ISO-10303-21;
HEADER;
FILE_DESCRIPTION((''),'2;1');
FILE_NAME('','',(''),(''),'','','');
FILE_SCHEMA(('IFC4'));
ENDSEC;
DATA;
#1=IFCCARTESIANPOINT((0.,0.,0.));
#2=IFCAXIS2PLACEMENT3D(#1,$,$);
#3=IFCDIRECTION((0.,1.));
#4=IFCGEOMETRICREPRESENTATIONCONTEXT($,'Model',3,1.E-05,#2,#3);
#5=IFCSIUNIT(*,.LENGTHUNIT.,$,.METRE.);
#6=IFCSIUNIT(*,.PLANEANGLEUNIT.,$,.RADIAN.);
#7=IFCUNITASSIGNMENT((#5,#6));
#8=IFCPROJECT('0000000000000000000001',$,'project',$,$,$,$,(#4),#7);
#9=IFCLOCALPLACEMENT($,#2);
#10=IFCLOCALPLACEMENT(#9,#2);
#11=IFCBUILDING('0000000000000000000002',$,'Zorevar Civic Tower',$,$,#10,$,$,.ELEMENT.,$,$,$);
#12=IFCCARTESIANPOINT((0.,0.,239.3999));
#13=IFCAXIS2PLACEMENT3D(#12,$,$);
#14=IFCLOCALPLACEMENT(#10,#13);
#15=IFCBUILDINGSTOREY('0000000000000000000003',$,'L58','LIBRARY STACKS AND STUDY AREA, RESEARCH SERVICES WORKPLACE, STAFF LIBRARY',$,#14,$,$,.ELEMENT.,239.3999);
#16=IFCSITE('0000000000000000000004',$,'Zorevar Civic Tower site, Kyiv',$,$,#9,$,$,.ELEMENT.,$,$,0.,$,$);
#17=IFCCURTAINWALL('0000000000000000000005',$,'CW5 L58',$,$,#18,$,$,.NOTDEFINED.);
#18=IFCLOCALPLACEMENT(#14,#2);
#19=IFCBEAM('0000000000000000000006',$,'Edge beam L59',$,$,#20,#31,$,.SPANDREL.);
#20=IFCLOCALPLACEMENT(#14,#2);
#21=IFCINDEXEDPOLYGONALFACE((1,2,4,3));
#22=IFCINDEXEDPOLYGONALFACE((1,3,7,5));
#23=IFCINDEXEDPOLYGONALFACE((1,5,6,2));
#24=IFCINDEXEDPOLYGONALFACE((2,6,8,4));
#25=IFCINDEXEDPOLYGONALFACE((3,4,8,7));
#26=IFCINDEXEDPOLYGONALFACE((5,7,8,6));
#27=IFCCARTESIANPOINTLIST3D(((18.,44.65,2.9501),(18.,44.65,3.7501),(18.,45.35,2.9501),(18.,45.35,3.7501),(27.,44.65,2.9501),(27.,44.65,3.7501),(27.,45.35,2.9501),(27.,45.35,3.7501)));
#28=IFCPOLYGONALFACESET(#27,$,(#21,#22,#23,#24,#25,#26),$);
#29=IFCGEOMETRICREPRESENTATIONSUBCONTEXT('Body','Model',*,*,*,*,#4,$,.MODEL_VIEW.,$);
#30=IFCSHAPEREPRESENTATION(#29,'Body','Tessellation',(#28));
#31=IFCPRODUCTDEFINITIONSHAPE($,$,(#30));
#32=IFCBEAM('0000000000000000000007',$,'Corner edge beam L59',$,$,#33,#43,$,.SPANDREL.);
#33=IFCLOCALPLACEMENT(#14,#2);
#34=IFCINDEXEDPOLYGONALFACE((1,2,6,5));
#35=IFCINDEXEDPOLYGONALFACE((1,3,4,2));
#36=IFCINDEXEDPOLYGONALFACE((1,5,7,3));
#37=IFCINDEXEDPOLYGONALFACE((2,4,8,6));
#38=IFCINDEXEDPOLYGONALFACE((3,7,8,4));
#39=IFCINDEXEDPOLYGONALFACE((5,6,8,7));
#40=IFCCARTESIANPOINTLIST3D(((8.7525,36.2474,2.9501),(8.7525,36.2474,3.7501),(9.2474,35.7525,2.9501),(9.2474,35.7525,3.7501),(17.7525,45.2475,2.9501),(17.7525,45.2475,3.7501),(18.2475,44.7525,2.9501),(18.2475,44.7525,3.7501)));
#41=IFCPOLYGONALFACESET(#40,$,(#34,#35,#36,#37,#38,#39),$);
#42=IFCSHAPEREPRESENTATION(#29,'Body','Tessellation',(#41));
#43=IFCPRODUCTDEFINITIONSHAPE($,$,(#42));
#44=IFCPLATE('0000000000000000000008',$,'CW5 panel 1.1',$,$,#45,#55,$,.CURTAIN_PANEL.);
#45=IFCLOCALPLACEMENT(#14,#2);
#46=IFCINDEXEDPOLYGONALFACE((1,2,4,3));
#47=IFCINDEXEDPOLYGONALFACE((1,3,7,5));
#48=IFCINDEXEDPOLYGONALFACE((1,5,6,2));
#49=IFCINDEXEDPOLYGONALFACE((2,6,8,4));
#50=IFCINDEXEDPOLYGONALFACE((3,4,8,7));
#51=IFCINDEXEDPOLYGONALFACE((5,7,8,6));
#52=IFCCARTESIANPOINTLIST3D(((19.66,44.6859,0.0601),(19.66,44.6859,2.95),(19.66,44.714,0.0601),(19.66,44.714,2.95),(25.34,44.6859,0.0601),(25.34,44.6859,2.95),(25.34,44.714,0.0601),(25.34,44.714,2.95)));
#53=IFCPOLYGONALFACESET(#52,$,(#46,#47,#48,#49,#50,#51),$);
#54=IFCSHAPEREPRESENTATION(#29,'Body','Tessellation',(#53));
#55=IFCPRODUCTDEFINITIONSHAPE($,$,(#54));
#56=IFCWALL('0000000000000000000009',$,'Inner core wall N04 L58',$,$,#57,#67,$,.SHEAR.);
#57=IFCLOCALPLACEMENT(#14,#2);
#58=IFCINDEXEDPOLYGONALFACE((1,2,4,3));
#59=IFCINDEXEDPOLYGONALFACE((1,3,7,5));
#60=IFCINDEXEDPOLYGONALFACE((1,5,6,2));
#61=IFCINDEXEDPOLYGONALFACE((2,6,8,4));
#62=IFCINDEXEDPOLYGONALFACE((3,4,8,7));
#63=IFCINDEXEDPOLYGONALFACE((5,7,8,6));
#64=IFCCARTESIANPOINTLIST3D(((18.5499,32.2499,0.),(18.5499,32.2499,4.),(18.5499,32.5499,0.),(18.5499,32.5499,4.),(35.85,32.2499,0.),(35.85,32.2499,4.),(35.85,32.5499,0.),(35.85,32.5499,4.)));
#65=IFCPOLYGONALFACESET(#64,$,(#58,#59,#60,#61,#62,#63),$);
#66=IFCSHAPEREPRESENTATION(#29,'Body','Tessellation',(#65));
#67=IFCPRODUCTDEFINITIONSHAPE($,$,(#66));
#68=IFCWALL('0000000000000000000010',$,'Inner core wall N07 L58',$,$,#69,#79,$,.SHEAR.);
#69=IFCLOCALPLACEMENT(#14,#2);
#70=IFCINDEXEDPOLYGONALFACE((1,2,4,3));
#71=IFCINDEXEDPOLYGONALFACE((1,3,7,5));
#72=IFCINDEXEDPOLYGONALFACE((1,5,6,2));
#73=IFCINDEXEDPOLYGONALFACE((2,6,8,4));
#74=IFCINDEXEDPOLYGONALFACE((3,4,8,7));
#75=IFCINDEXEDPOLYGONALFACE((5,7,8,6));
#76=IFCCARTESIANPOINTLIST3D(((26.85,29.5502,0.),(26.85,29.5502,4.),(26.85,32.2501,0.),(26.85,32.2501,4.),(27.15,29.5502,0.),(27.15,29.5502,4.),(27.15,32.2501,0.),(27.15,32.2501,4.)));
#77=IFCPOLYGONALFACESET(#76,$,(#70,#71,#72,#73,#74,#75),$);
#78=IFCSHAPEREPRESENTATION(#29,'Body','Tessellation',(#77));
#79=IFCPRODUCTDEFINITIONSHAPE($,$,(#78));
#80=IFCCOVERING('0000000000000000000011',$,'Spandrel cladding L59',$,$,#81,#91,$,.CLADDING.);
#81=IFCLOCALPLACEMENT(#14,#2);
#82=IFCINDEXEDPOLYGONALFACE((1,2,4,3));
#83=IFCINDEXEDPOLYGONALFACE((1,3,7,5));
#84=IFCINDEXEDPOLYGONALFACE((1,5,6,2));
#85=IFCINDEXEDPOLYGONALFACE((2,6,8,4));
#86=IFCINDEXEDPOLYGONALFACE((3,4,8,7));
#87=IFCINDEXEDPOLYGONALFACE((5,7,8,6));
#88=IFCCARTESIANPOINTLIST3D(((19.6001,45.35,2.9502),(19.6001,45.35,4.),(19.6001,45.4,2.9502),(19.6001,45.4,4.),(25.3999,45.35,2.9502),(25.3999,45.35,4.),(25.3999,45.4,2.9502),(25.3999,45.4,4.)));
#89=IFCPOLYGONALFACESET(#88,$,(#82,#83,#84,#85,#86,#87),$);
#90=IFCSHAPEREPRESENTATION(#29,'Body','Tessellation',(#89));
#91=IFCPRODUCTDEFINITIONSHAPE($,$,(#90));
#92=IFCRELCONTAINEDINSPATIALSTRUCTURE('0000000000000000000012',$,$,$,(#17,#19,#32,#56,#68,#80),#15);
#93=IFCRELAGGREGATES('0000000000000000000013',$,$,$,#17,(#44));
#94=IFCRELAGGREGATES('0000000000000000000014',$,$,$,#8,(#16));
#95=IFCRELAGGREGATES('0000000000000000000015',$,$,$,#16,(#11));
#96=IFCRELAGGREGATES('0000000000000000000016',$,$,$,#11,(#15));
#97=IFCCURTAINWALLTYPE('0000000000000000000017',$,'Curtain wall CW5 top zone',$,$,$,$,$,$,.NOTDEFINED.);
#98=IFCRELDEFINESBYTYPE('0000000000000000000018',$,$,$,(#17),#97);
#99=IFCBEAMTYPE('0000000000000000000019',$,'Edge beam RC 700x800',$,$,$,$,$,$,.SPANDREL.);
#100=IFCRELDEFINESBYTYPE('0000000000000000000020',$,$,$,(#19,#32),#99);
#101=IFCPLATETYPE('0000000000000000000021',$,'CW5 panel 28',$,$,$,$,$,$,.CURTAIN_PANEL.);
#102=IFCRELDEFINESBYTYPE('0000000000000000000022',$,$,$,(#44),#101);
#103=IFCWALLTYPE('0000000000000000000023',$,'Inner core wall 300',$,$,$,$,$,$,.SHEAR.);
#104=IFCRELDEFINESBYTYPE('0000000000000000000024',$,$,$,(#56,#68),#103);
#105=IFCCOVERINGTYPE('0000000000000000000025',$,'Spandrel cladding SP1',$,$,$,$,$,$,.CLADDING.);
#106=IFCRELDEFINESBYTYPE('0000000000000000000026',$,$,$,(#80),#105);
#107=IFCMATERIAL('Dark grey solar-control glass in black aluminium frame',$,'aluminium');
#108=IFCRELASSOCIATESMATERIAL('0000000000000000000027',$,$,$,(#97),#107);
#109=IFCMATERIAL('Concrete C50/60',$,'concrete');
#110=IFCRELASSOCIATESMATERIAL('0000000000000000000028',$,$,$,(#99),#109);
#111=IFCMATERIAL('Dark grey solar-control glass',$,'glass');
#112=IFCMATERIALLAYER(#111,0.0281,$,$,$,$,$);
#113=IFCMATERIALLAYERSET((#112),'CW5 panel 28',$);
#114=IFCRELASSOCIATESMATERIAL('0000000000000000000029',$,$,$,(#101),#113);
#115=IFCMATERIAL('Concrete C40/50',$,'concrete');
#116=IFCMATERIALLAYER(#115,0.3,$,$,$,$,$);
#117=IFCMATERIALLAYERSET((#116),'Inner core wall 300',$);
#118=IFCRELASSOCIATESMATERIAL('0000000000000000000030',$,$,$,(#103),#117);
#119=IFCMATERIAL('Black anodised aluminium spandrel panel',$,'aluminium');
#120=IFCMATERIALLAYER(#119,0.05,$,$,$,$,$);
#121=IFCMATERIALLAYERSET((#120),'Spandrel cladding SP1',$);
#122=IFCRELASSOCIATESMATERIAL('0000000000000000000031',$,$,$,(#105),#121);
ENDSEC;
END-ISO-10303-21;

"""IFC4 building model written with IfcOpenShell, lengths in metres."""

from ifc_helpers import new_model, si_unit, direction, frame, frame_2d, origin, origin_2d, place, context, subcontext, project, spatial, rectangle, extrude, material, layer, layer_set, material_profile, profile_set, type_object, element, aggregate, save


model = new_model("IFC4")

# Units and contexts
model_context = context("Model", 3, precision=1e-05, world=origin(), true_north=direction((0.0, 1.0)))
body_context = subcontext(model_context, "Body", "Model", "MODEL_VIEW")
ifc_project = project(units=[si_unit("LENGTHUNIT", "METRE"), si_unit("PLANEANGLEUNIT", "RADIAN")], contexts=[model_context])

# Site, building, storey
site_placement = place(None, origin())
site = spatial("IfcSite", under=ifc_project, at=site_placement, Name="Zorevar Civic Tower site, Kyiv", CompositionType="ELEMENT", RefElevation=0.0)
building_placement = place(site_placement, origin())
building = spatial("IfcBuilding", under=site, at=building_placement, Name="Zorevar Civic Tower", CompositionType="ELEMENT")
storey_placement = place(building_placement, frame((0.0, 0.0, 239.3999)))
storey = spatial("IfcBuildingStorey", under=building, at=storey_placement, Name="L58", Description="LIBRARY STACKS AND STUDY AREA, RESEARCH SERVICES WORKPLACE, STAFF LIBRARY", CompositionType="ELEMENT", Elevation=239.3999)

# Curtain wall
ifc_material_1 = material(Name="Dark grey solar-control glass in black aluminium frame", Category="aluminium")
curtain_wall_type = type_object("IfcCurtainWallType", Name="Curtain wall CW5 top zone", PredefinedType="NOTDEFINED", material=ifc_material_1)
curtain_wall_1_placement = place(storey_placement, origin())
curtain_wall_1 = element("IfcCurtainWall", 1, at=curtain_wall_1_placement, inside=storey, type_object=curtain_wall_type, Name="CW5 L58", PredefinedType="NOTDEFINED")

# Beams
ifc_material_2 = material(Name="Concrete C50/60", Category="concrete")
ifc_material_profile_1 = material_profile(ifc_material_2, rectangle(XDim=0.7, YDim=0.8, at=origin_2d()), Name="RC 700x800")
ifc_profile_set_1 = profile_set([ifc_material_profile_1], Name="Concrete C50/60")
beam_type_1 = type_object("IfcBeamType", Name="Edge beam RC 700x800", PredefinedType="SPANDREL", material=ifc_profile_set_1)
beam_1_placement = place(storey_placement, frame((18.0, 45.0, 3.3501), z_axis=(1.0, 0.0, 0.0), x_axis=(0.0, 1.0, 0.0)))
element("IfcBeam", 2, at=beam_1_placement, inside=storey, type_object=beam_type_1, Name="Edge beam L59", PredefinedType="SPANDREL", context=body_context, shape_type="SweptSolid", body=[
    extrude(rectangle(XDim=0.7, YDim=0.8, at=origin_2d()), origin(), (0.0, 0.0, 1.0), 9.0),
])
beam_2_placement = place(storey_placement, frame((18.0, 45.0, 3.3501), z_axis=(-0.707107, -0.707107, 0.0), x_axis=(0.707107, -0.707107, 0.0)))
element("IfcBeam", 3, at=beam_2_placement, inside=storey, type_object=beam_type_1, Name="Corner edge beam L59", PredefinedType="SPANDREL", context=body_context, shape_type="SweptSolid", body=[
    extrude(rectangle(XDim=0.7, YDim=0.8, at=origin_2d()), origin(), (0.0, 0.0, 1.0), 12.728),
])

# Plate
ifc_material_3 = material(Name="Dark grey solar-control glass", Category="glass")
ifc_layer_1 = layer(ifc_material_3, 0.0281)
ifc_layer_set_1 = layer_set([ifc_layer_1], Name="CW5 panel 28")
plate_type = type_object("IfcPlateType", Name="CW5 panel 28", PredefinedType="CURTAIN_PANEL", material=ifc_layer_set_1)
plate_placement = place(storey_placement, frame((22.5, 44.7, 0.0601), z_axis=(0.0, 0.0, 1.0), x_axis=(1.0, 0.0, 0.0)))
plate = element("IfcPlate", 4, at=plate_placement, type_object=plate_type, Name="CW5 panel 1.1", PredefinedType="CURTAIN_PANEL", context=body_context, shape_type="SweptSolid", body=[
    extrude(rectangle(XDim=5.6799, YDim=0.0281, at=origin_2d()), origin(), (0.0, 0.0, 1.0), 2.8899),
])
aggregate(curtain_wall_1, [plate])

# Walls
ifc_material_4 = material(Name="Concrete C40/50", Category="concrete")
ifc_layer_2 = layer(ifc_material_4, 0.3)
ifc_layer_set_2 = layer_set([ifc_layer_2], Name="Inner core wall 300")
wall_type_1 = type_object("IfcWallType", Name="Inner core wall 300", PredefinedType="SHEAR", material=ifc_layer_set_2)
wall_1_placement = place(storey_placement, frame((18.55, 32.3999, 0.0), z_axis=(0.0, 0.0, 1.0), x_axis=(1.0, 0.0, 0.0)))
element("IfcWall", 5, at=wall_1_placement, inside=storey, type_object=wall_type_1, Name="Inner core wall N04 L58", PredefinedType="SHEAR", context=body_context, shape_type="SweptSolid", body=[
    extrude(rectangle(XDim=17.3, YDim=0.3, at=frame_2d((8.6499, 0.0))), origin(), (0.0, 0.0, 1.0), 4.0),
])
wall_2_placement = place(storey_placement, frame((27.0, 29.55, 0.0), z_axis=(0.0, 0.0, 1.0), x_axis=(0.0, 1.0, 0.0)))
element("IfcWall", 6, at=wall_2_placement, inside=storey, type_object=wall_type_1, Name="Inner core wall N07 L58", PredefinedType="SHEAR", context=body_context, shape_type="SweptSolid", body=[
    extrude(rectangle(XDim=2.7, YDim=0.3, at=frame_2d((1.3501, 0.0))), origin(), (0.0, 0.0, 1.0), 4.0),
])

# Covering
ifc_material_5 = material(Name="Black anodised aluminium spandrel panel", Category="aluminium")
ifc_layer_3 = layer(ifc_material_5, 0.05)
ifc_layer_set_3 = layer_set([ifc_layer_3], Name="Spandrel cladding SP1")
covering_type = type_object("IfcCoveringType", Name="Spandrel cladding SP1", PredefinedType="CLADDING", material=ifc_layer_set_3)
covering_placement = place(storey_placement, frame((19.6001, 45.375, 2.9502), z_axis=(0.0, 0.0, 1.0), x_axis=(1.0, 0.0, 0.0)))
element("IfcCovering", 7, at=covering_placement, inside=storey, type_object=covering_type, Name="Spandrel cladding L59", PredefinedType="CLADDING", context=body_context, shape_type="SweptSolid", body=[
    extrude(rectangle(XDim=5.7998, YDim=0.05, at=frame_2d((2.8999, 0.0))), origin(), (0.0, 0.0, 1.0), 1.0498),
])

save(model, "model.ifc")
